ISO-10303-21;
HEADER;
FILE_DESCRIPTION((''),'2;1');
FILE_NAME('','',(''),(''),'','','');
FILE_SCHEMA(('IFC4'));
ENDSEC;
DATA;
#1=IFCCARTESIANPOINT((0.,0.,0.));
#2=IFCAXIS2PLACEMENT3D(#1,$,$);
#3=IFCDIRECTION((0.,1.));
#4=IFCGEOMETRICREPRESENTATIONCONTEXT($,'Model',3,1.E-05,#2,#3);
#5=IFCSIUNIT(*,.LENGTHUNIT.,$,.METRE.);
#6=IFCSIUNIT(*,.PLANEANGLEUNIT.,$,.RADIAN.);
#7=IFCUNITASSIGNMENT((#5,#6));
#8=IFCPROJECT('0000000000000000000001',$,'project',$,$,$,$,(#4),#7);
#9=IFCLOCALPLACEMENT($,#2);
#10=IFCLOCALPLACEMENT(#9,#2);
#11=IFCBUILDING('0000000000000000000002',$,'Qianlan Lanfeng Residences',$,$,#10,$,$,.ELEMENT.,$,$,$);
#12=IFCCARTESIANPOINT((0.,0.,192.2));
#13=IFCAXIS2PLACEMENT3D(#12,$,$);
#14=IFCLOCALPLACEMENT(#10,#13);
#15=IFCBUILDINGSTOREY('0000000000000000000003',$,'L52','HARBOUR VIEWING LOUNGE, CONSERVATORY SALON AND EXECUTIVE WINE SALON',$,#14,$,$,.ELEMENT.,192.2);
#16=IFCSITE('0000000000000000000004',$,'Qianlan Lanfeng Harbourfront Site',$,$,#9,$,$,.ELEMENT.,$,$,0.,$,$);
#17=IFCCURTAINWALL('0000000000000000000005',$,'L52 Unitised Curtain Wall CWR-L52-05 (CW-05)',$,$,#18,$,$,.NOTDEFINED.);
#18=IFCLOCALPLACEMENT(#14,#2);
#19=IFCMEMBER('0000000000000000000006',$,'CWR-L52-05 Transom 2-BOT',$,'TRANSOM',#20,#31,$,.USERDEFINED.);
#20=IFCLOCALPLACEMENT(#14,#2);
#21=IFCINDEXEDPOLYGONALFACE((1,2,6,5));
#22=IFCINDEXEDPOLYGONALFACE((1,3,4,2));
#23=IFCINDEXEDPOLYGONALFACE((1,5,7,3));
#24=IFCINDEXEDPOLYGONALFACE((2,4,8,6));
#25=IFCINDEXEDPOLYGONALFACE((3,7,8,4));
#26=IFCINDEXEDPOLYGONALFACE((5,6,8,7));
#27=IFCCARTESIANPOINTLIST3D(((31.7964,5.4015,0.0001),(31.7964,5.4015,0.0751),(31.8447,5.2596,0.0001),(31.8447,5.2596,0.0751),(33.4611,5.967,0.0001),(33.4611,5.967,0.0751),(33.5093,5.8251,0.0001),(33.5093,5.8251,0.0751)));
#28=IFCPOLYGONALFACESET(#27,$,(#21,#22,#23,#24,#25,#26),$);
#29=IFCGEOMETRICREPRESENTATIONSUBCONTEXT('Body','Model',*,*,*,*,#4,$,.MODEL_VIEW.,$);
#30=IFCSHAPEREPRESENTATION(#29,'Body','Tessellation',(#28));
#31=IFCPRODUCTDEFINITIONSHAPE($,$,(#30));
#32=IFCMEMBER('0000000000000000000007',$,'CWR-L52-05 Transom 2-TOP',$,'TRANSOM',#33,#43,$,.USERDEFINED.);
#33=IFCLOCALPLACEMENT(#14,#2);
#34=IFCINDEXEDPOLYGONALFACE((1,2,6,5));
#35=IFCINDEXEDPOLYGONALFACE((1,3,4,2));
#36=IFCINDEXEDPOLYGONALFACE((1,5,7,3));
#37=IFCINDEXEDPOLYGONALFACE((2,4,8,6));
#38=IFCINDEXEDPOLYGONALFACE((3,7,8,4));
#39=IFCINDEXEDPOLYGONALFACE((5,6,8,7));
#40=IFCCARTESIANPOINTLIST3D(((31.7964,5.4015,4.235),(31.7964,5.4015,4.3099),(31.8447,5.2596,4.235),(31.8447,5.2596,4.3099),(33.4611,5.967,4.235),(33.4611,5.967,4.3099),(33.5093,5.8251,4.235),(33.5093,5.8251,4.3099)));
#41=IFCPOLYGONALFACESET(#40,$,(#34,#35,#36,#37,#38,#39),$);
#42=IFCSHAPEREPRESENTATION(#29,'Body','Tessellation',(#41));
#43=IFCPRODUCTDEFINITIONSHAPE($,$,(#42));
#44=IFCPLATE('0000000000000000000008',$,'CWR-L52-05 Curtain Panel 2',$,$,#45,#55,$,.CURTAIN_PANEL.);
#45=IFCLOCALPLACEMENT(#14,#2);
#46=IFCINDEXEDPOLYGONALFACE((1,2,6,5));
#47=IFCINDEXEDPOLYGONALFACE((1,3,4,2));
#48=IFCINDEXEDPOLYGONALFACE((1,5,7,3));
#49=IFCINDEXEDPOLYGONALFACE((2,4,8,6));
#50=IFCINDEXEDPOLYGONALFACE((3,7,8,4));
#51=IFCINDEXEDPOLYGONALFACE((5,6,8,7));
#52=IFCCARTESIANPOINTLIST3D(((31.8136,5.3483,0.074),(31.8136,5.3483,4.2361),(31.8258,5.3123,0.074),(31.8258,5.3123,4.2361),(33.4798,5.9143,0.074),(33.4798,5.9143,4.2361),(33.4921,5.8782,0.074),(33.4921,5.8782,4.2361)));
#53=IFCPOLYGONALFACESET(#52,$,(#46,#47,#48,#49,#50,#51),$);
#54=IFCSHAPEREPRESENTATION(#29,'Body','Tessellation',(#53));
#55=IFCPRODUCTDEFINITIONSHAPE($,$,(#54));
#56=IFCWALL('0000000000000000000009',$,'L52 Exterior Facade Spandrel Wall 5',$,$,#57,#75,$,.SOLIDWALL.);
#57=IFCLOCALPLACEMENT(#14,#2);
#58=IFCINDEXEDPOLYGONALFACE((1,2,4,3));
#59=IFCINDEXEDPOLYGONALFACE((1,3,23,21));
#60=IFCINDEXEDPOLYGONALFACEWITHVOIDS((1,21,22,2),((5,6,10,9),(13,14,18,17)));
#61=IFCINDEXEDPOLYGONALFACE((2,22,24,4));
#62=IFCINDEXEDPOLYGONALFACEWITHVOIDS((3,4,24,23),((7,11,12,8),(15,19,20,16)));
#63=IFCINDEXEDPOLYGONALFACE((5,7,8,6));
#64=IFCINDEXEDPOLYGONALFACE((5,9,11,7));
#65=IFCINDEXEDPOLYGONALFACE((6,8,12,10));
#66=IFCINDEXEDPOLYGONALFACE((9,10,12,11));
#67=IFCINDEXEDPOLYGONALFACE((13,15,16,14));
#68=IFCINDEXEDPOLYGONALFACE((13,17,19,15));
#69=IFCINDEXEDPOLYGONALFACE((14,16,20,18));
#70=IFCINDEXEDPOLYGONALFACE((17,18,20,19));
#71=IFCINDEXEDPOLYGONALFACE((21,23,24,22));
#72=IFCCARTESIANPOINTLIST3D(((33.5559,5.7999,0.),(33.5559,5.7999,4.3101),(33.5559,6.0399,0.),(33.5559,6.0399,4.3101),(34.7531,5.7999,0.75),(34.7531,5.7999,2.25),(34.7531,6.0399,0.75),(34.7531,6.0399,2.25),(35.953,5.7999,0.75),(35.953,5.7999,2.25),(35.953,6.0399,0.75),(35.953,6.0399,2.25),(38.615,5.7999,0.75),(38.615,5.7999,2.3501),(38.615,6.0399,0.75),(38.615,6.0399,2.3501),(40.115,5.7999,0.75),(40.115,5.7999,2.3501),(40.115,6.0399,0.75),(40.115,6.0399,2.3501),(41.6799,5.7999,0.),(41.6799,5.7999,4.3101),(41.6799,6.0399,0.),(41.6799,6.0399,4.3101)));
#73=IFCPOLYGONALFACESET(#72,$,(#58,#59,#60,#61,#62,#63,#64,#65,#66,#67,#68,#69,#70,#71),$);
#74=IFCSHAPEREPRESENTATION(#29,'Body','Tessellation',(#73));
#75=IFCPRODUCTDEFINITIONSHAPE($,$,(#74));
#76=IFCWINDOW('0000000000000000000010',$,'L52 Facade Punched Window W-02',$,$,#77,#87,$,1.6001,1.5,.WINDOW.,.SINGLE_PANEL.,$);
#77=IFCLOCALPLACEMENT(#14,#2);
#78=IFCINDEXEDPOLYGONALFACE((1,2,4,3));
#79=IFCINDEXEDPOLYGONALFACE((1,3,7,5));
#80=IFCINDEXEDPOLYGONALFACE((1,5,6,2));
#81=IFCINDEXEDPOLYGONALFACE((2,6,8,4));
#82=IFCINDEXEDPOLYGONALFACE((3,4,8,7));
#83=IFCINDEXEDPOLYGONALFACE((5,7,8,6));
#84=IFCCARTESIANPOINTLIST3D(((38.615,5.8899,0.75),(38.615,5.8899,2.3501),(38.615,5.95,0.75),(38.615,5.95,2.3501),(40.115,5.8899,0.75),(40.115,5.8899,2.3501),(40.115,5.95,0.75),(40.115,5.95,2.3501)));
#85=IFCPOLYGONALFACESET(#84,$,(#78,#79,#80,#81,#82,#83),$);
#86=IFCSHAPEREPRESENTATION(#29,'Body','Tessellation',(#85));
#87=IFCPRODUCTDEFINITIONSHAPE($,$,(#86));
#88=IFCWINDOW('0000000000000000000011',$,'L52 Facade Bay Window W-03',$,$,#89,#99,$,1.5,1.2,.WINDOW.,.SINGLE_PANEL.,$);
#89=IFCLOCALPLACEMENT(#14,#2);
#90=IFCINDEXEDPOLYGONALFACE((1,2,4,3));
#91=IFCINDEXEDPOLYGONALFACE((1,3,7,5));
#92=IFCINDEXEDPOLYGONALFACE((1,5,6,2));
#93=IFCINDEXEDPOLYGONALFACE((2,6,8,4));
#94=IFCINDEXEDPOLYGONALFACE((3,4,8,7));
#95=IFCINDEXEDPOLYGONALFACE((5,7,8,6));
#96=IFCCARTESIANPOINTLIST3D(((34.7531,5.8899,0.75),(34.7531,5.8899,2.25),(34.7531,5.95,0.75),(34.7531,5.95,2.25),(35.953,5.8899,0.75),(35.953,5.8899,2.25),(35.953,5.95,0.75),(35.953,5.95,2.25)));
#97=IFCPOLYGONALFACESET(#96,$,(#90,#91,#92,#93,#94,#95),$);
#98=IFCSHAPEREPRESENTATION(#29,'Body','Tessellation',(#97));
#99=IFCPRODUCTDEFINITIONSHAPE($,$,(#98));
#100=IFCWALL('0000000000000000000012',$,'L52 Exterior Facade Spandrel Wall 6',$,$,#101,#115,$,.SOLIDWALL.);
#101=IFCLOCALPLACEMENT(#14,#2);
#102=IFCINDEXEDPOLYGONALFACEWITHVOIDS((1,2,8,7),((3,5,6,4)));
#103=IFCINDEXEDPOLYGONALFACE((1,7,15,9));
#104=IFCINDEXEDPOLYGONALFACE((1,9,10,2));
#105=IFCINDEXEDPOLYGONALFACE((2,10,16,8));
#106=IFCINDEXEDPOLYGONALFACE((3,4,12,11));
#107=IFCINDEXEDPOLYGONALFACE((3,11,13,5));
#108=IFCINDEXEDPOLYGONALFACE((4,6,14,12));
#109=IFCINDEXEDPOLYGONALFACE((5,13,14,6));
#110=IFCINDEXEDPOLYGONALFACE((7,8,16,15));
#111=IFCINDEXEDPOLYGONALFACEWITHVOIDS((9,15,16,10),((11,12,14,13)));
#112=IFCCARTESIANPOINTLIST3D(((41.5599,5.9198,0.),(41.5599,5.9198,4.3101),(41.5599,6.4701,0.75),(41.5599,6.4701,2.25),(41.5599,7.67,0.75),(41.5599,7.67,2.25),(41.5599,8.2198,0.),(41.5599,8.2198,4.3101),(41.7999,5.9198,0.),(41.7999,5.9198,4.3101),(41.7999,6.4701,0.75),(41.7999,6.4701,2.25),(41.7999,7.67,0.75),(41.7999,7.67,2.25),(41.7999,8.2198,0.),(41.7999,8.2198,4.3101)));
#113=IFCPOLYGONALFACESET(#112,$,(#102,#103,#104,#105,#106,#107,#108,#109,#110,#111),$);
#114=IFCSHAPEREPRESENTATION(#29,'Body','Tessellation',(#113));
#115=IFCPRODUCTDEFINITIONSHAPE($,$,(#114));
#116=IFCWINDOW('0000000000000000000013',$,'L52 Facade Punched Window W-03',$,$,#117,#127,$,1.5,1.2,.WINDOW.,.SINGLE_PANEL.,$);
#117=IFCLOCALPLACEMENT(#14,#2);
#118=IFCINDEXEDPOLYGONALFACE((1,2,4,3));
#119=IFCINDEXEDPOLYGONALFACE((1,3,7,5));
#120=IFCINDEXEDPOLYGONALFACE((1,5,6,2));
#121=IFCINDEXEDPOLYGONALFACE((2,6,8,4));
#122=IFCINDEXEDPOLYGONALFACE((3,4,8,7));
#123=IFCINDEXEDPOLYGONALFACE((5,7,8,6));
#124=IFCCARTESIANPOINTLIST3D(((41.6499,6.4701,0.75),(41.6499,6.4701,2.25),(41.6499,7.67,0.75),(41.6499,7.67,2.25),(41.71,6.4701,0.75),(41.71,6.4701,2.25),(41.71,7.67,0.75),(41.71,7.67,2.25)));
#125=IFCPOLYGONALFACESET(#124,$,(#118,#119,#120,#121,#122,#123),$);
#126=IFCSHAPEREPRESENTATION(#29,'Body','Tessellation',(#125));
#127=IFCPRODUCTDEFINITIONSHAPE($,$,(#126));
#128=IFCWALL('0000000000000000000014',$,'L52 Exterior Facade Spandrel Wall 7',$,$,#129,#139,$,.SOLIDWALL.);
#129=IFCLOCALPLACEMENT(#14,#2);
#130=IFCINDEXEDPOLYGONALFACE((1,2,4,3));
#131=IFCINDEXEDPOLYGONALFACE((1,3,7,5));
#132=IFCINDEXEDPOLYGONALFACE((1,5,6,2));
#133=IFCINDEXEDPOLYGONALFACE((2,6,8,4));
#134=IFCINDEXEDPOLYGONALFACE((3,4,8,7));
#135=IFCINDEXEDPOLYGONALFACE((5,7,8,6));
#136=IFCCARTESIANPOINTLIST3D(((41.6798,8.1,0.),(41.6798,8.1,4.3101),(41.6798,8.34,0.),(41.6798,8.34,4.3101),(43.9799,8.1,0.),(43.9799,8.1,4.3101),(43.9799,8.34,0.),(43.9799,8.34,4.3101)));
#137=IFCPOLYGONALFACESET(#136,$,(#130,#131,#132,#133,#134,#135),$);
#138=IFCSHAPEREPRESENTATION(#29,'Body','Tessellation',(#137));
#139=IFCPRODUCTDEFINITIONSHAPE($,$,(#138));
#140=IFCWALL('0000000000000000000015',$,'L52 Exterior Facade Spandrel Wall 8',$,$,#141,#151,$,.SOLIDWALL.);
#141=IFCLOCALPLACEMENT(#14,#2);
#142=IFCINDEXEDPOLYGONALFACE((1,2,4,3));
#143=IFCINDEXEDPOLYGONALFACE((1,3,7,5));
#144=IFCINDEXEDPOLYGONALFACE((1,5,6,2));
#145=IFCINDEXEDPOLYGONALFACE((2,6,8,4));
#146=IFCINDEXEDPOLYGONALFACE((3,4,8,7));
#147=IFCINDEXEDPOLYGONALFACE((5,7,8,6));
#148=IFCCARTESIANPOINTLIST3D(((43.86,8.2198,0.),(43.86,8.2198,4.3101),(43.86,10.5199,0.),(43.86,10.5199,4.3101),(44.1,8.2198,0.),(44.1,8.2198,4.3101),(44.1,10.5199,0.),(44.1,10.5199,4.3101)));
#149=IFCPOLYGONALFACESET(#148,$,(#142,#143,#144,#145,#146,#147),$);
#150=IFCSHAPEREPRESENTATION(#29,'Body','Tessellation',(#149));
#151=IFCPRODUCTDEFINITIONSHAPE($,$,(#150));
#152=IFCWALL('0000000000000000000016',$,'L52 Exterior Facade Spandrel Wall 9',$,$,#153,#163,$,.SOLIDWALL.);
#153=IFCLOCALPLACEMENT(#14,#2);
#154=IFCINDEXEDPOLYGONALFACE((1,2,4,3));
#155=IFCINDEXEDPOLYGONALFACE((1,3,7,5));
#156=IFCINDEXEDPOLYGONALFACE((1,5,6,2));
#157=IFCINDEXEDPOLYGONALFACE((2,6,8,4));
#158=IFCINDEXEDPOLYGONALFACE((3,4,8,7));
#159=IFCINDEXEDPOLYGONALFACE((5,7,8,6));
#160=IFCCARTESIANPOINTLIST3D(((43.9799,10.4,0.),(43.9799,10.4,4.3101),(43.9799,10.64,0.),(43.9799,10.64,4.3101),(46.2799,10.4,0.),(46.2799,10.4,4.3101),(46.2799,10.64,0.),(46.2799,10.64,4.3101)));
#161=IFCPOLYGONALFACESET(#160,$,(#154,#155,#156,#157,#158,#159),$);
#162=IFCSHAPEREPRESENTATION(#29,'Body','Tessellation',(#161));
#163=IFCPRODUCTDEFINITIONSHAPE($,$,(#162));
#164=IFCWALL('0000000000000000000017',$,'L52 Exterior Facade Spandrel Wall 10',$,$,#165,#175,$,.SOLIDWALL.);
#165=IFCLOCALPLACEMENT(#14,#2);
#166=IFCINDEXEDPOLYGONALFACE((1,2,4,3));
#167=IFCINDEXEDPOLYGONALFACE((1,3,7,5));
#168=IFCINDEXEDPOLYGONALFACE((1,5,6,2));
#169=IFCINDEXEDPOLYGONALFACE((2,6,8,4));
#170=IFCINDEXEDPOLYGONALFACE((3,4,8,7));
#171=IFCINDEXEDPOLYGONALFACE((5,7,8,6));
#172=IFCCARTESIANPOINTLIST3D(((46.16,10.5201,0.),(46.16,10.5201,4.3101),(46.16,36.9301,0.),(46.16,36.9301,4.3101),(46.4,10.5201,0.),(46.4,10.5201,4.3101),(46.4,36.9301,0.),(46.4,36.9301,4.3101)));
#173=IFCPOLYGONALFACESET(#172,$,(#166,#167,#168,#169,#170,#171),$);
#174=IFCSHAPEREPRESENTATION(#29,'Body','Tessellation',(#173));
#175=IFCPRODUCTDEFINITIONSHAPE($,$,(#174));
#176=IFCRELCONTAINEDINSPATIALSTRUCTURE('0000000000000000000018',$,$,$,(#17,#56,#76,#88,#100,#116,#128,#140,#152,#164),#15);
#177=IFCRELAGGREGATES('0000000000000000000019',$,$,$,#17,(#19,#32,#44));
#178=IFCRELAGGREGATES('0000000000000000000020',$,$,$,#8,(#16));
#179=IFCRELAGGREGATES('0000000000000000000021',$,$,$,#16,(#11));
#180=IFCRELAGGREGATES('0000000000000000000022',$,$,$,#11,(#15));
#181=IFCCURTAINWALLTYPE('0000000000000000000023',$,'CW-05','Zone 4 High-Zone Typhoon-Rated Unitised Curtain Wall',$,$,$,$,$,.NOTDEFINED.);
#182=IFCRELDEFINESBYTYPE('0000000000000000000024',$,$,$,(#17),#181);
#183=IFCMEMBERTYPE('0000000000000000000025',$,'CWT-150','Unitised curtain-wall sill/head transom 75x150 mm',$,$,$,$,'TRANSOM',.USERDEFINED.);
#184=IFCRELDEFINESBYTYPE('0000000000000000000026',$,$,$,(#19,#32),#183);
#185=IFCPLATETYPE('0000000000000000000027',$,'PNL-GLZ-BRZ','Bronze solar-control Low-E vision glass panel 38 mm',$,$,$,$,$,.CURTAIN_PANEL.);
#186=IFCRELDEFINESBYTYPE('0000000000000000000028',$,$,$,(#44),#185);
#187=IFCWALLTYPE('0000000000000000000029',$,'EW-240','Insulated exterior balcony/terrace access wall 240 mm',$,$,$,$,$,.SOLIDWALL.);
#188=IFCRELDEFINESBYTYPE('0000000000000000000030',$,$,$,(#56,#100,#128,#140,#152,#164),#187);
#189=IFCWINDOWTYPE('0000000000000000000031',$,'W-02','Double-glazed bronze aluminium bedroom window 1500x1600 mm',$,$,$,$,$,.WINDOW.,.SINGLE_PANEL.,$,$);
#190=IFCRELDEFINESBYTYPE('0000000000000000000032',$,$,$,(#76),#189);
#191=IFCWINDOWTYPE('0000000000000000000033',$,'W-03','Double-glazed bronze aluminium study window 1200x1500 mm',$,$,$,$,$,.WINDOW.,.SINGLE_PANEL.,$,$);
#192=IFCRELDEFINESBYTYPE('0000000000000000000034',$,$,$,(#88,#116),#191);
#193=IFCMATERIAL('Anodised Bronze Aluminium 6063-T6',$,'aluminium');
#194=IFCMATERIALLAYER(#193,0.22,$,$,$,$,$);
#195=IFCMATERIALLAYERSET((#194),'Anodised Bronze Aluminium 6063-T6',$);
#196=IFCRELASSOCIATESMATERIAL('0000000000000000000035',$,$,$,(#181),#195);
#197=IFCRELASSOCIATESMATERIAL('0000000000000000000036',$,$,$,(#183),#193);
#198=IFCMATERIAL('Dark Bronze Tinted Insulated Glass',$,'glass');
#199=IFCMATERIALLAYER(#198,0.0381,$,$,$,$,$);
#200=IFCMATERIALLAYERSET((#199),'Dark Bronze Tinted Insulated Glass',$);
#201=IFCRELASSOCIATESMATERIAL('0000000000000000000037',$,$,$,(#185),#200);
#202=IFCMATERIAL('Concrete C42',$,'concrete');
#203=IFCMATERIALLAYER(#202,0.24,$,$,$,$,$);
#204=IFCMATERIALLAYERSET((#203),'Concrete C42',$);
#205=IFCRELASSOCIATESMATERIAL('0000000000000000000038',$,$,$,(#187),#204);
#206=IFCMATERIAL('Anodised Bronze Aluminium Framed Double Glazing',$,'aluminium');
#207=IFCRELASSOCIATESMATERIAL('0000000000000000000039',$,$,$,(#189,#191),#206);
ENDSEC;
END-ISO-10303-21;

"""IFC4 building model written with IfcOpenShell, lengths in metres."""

from ifc_helpers import new_model, si_unit, direction, frame, frame_2d, origin, origin_2d, place, context, subcontext, project, spatial, rectangle, extrude, source, transform, mapped, material, layer, layer_set, material_profile, profile_set, type_object, element, fill, aggregate, save


model = new_model("IFC4")

# Units and contexts
model_context = context("Model", 3, precision=1e-05, world=origin(), true_north=direction((0.0, 1.0)))
body_context = subcontext(model_context, "Body", "Model", "MODEL_VIEW")
ifc_project = project(units=[si_unit("LENGTHUNIT", "METRE"), si_unit("PLANEANGLEUNIT", "RADIAN")], contexts=[model_context])

# Site, building, storey
site_placement = place(None, origin())
site = spatial("IfcSite", under=ifc_project, at=site_placement, Name="Qianlan Lanfeng Harbourfront Site", CompositionType="ELEMENT", RefElevation=0.0)
building_placement = place(site_placement, origin())
building = spatial("IfcBuilding", under=site, at=building_placement, Name="Qianlan Lanfeng Residences", CompositionType="ELEMENT")
storey_placement = place(building_placement, frame((0.0, 0.0, 192.2)))
storey = spatial("IfcBuildingStorey", under=building, at=storey_placement, Name="L52", Description="HARBOUR VIEWING LOUNGE, CONSERVATORY SALON AND EXECUTIVE WINE SALON", CompositionType="ELEMENT", Elevation=192.2)

# Curtain wall, members, plate
ifc_material_1 = material(Name="Anodised Bronze Aluminium 6063-T6", Category="aluminium")
ifc_layer_1 = layer(ifc_material_1, 0.22)
ifc_layer_set_1 = layer_set([ifc_layer_1], Name="Anodised Bronze Aluminium 6063-T6")
curtain_wall_type = type_object("IfcCurtainWallType", Name="CW-05", Description="Zone 4 High-Zone Typhoon-Rated Unitised Curtain Wall", PredefinedType="NOTDEFINED", material=ifc_layer_set_1)
curtain_wall_placement = place(storey_placement, origin())
curtain_wall = element("IfcCurtainWall", 1, at=curtain_wall_placement, inside=storey, type_object=curtain_wall_type, Name="L52 Unitised Curtain Wall CWR-L52-05 (CW-05)", PredefinedType="NOTDEFINED")
ifc_material_profile_1 = material_profile(ifc_material_1, rectangle(XDim=0.075, YDim=0.1499, at=origin_2d()), Name="ALU TRANSOM 75x150")
ifc_profile_set_1 = profile_set([ifc_material_profile_1], Name="Anodised Bronze Aluminium 6063-T6")
member_type_1 = type_object("IfcMemberType", Name="CWT-150", Description="Unitised curtain-wall sill/head transom 75x150 mm", ElementType="TRANSOM", PredefinedType="USERDEFINED", material=ifc_profile_set_1)
shared_shape_1 = source(origin(), body_context, "Body", "SweptSolid", [
    extrude(rectangle(XDim=0.075, YDim=0.1499, at=origin_2d()), origin(), (0.0, 0.0, 1.0), 1.7581),
])
member_1_placement = place(storey_placement, frame((31.8206, 5.3306, 0.0376), z_axis=(0.946862, 0.321639, 0.0), x_axis=(0.0, 0.0, 1.0)))
member_1 = element("IfcMember", 2, at=member_1_placement, type_object=member_type_1, Name="CWR-L52-05 Transom 2-BOT", ObjectType="TRANSOM", PredefinedType="USERDEFINED", context=body_context, shape_type="MappedRepresentation", body=[
    mapped(shared_shape_1, transform((0.0, 0.0, 0.0), scale=1.0)),
])
member_2_placement = place(storey_placement, frame((31.8206, 5.3306, 4.2725), z_axis=(0.946862, 0.321639, 0.0), x_axis=(0.0, 0.0, 1.0)))
member_2 = element("IfcMember", 3, at=member_2_placement, type_object=member_type_1, Name="CWR-L52-05 Transom 2-TOP", ObjectType="TRANSOM", PredefinedType="USERDEFINED", context=body_context, shape_type="MappedRepresentation", body=[
    mapped(shared_shape_1, transform((0.0, 0.0, 0.0), scale=1.0)),
])
ifc_material_2 = material(Name="Dark Bronze Tinted Insulated Glass", Category="glass")
ifc_layer_2 = layer(ifc_material_2, 0.0381)
ifc_layer_set_2 = layer_set([ifc_layer_2], Name="Dark Bronze Tinted Insulated Glass")
plate_type = type_object("IfcPlateType", Name="PNL-GLZ-BRZ", Description="Bronze solar-control Low-E vision glass panel 38 mm", PredefinedType="CURTAIN_PANEL", material=ifc_layer_set_2)
shared_shape_2 = source(origin(), body_context, "Body", "SweptSolid", [
    extrude(rectangle(XDim=1.7598, YDim=0.0381, at=origin_2d()), origin(), (0.0, 0.0, 1.0), 4.1621),
])
plate_placement = place(storey_placement, frame((32.6528, 5.6133, 0.074), z_axis=(0.0, 0.0, 1.0), x_axis=(0.946877, 0.321596, 0.0)))
plate = element("IfcPlate", 4, at=plate_placement, type_object=plate_type, Name="CWR-L52-05 Curtain Panel 2", PredefinedType="CURTAIN_PANEL", context=body_context, shape_type="MappedRepresentation", body=[
    mapped(shared_shape_2, transform((0.0, 0.0, 0.0), scale=1.0)),
])
aggregate(curtain_wall, [member_1, member_2, plate])

# Wall, openings, windows
ifc_material_3 = material(Name="Concrete C42", Category="concrete")
ifc_layer_3 = layer(ifc_material_3, 0.24)
ifc_layer_set_3 = layer_set([ifc_layer_3], Name="Concrete C42")
wall_type_1 = type_object("IfcWallType", Name="EW-240", Description="Insulated exterior balcony/terrace access wall 240 mm", PredefinedType="SOLIDWALL", material=ifc_layer_set_3)
wall_1_placement = place(storey_placement, frame((33.5559, 5.9199, 0.0), z_axis=(0.0, 0.0, 1.0), x_axis=(1.0, 0.0, 0.0)))
wall_1 = element("IfcWall", 5, at=wall_1_placement, inside=storey, type_object=wall_type_1, Name="L52 Exterior Facade Spandrel Wall 5", PredefinedType="SOLIDWALL", context=body_context, shape_type="SweptSolid", body=[
    extrude(rectangle(XDim=8.124, YDim=0.24, at=frame_2d((4.062, 0.0))), origin(), (0.0, 0.0, 1.0), 4.3101),
])
opening_1_placement = place(wall_1_placement, frame((5.0591, 0.0, 0.75)))
opening_1 = element("IfcOpeningElement", 6, at=opening_1_placement, cuts=wall_1, PredefinedType="OPENING", context=body_context, shape_type="SweptSolid", body=[
    extrude(rectangle(XDim=1.5, YDim=1.6001, at=frame_2d((0.75, 0.8))), frame((0.0, 0.1299, 0.0), z_axis=(0.0, -1.0, 0.0), x_axis=(1.0, 0.0, 0.0)), (0.0, 0.0, 1.0), 0.26),
])
opening_2_placement = place(wall_1_placement, frame((1.197, 0.0, 0.75)))
opening_2 = element("IfcOpeningElement", 7, at=opening_2_placement, cuts=wall_1, PredefinedType="OPENING", context=body_context, shape_type="SweptSolid", body=[
    extrude(rectangle(XDim=1.2, YDim=1.5, at=frame_2d((0.6001, 0.75))), frame((0.0, 0.1299, 0.0), z_axis=(0.0, -1.0, 0.0), x_axis=(1.0, 0.0, 0.0)), (0.0, 0.0, 1.0), 0.26),
])
ifc_material_4 = material(Name="Anodised Bronze Aluminium Framed Double Glazing", Category="aluminium")
window_type_1 = type_object("IfcWindowType", Name="W-02", Description="Double-glazed bronze aluminium bedroom window 1500x1600 mm", PartitioningType="SINGLE_PANEL", PredefinedType="WINDOW", material=ifc_material_4)
window_1_placement = place(opening_1_placement, origin())
window_1 = element("IfcWindow", 8, at=window_1_placement, inside=storey, type_object=window_type_1, Name="L52 Facade Punched Window W-02", OverallHeight=1.6001, OverallWidth=1.5, PartitioningType="SINGLE_PANEL", PredefinedType="WINDOW", context=body_context, shape_type="SweptSolid", body=[
    extrude(rectangle(XDim=1.5, YDim=1.6001, at=frame_2d((0.75, 0.8))), frame((0.0, 0.03, 0.0), z_axis=(0.0, -1.0, 0.0), x_axis=(1.0, 0.0, 0.0)), (0.0, 0.0, 1.0), 0.0601),
])
fill(opening_1, window_1)
window_type_2 = type_object("IfcWindowType", Name="W-03", Description="Double-glazed bronze aluminium study window 1200x1500 mm", PartitioningType="SINGLE_PANEL", PredefinedType="WINDOW", material=ifc_material_4)
window_2_placement = place(opening_2_placement, origin())
window_2 = element("IfcWindow", 9, at=window_2_placement, inside=storey, type_object=window_type_2, Name="L52 Facade Bay Window W-03", OverallHeight=1.5, OverallWidth=1.2, PartitioningType="SINGLE_PANEL", PredefinedType="WINDOW", context=body_context, shape_type="SweptSolid", body=[
    extrude(rectangle(XDim=1.2, YDim=1.5, at=frame_2d((0.6001, 0.75))), frame((0.0, 0.03, 0.0), z_axis=(0.0, -1.0, 0.0), x_axis=(1.0, 0.0, 0.0)), (0.0, 0.0, 1.0), 0.0601),
])
fill(opening_2, window_2)

# Wall, opening, window
wall_2_placement = place(storey_placement, frame((41.6799, 5.9199, 0.0), z_axis=(0.0, 0.0, 1.0), x_axis=(0.0, 1.0, 0.0)))
wall_2 = element("IfcWall", 10, at=wall_2_placement, inside=storey, type_object=wall_type_1, Name="L52 Exterior Facade Spandrel Wall 6", PredefinedType="SOLIDWALL", context=body_context, shape_type="SweptSolid", body=[
    extrude(rectangle(XDim=2.3, YDim=0.24, at=frame_2d((1.1499, 0.0))), origin(), (0.0, 0.0, 1.0), 4.3101),
])
opening_3_placement = place(wall_2_placement, frame((0.55, 0.0, 0.75)))
opening_3 = element("IfcOpeningElement", 11, at=opening_3_placement, cuts=wall_2, PredefinedType="OPENING", context=body_context, shape_type="SweptSolid", body=[
    extrude(rectangle(XDim=1.2, YDim=1.5, at=frame_2d((0.6001, 0.75))), frame((0.0, 0.1299, 0.0), z_axis=(0.0, -1.0, 0.0), x_axis=(1.0, 0.0, 0.0)), (0.0, 0.0, 1.0), 0.26),
])
window_3_placement = place(opening_3_placement, origin())
window_3 = element("IfcWindow", 12, at=window_3_placement, inside=storey, type_object=window_type_2, Name="L52 Facade Punched Window W-03", OverallHeight=1.5, OverallWidth=1.2, PartitioningType="SINGLE_PANEL", PredefinedType="WINDOW", context=body_context, shape_type="SweptSolid", body=[
    extrude(rectangle(XDim=1.2, YDim=1.5, at=frame_2d((0.6001, 0.75))), frame((0.0, 0.03, 0.0), z_axis=(0.0, -1.0, 0.0), x_axis=(1.0, 0.0, 0.0)), (0.0, 0.0, 1.0), 0.0601),
])
fill(opening_3, window_3)

# Walls
for number, where, z_axis, x_axis, name in (
    (13, (41.6799, 8.22, 0.0), (0.0, 0.0, 1.0), (1.0, 0.0, 0.0), "L52 Exterior Facade Spandrel Wall 7"),
    (14, (43.98, 8.22, 0.0), (0.0, 0.0, 1.0), (0.0, 1.0, 0.0), "L52 Exterior Facade Spandrel Wall 8"),
    (15, (43.98, 10.52, 0.0), (0.0, 0.0, 1.0), (1.0, 0.0, 0.0), "L52 Exterior Facade Spandrel Wall 9"),
):
    element("IfcWall", number, at=place(storey_placement, frame(where, z_axis=z_axis, x_axis=x_axis)), inside=storey, type_object=wall_type_1, Name=name, PredefinedType="SOLIDWALL", context=body_context, shape_type="SweptSolid", body=[
        extrude(rectangle(XDim=2.3, YDim=0.24, at=frame_2d((1.1499, 0.0))), origin(), (0.0, 0.0, 1.0), 4.3101),
    ])
wall_3_placement = place(storey_placement, frame((46.28, 10.52, 0.0), z_axis=(0.0, 0.0, 1.0), x_axis=(0.0, 1.0, 0.0)))
element("IfcWall", 16, at=wall_3_placement, inside=storey, type_object=wall_type_1, Name="L52 Exterior Facade Spandrel Wall 10", PredefinedType="SOLIDWALL", context=body_context, shape_type="SweptSolid", body=[
    extrude(rectangle(XDim=26.4099, YDim=0.24, at=frame_2d((13.2051, 0.0))), origin(), (0.0, 0.0, 1.0), 4.3101),
])

save(model, "model.ifc")
